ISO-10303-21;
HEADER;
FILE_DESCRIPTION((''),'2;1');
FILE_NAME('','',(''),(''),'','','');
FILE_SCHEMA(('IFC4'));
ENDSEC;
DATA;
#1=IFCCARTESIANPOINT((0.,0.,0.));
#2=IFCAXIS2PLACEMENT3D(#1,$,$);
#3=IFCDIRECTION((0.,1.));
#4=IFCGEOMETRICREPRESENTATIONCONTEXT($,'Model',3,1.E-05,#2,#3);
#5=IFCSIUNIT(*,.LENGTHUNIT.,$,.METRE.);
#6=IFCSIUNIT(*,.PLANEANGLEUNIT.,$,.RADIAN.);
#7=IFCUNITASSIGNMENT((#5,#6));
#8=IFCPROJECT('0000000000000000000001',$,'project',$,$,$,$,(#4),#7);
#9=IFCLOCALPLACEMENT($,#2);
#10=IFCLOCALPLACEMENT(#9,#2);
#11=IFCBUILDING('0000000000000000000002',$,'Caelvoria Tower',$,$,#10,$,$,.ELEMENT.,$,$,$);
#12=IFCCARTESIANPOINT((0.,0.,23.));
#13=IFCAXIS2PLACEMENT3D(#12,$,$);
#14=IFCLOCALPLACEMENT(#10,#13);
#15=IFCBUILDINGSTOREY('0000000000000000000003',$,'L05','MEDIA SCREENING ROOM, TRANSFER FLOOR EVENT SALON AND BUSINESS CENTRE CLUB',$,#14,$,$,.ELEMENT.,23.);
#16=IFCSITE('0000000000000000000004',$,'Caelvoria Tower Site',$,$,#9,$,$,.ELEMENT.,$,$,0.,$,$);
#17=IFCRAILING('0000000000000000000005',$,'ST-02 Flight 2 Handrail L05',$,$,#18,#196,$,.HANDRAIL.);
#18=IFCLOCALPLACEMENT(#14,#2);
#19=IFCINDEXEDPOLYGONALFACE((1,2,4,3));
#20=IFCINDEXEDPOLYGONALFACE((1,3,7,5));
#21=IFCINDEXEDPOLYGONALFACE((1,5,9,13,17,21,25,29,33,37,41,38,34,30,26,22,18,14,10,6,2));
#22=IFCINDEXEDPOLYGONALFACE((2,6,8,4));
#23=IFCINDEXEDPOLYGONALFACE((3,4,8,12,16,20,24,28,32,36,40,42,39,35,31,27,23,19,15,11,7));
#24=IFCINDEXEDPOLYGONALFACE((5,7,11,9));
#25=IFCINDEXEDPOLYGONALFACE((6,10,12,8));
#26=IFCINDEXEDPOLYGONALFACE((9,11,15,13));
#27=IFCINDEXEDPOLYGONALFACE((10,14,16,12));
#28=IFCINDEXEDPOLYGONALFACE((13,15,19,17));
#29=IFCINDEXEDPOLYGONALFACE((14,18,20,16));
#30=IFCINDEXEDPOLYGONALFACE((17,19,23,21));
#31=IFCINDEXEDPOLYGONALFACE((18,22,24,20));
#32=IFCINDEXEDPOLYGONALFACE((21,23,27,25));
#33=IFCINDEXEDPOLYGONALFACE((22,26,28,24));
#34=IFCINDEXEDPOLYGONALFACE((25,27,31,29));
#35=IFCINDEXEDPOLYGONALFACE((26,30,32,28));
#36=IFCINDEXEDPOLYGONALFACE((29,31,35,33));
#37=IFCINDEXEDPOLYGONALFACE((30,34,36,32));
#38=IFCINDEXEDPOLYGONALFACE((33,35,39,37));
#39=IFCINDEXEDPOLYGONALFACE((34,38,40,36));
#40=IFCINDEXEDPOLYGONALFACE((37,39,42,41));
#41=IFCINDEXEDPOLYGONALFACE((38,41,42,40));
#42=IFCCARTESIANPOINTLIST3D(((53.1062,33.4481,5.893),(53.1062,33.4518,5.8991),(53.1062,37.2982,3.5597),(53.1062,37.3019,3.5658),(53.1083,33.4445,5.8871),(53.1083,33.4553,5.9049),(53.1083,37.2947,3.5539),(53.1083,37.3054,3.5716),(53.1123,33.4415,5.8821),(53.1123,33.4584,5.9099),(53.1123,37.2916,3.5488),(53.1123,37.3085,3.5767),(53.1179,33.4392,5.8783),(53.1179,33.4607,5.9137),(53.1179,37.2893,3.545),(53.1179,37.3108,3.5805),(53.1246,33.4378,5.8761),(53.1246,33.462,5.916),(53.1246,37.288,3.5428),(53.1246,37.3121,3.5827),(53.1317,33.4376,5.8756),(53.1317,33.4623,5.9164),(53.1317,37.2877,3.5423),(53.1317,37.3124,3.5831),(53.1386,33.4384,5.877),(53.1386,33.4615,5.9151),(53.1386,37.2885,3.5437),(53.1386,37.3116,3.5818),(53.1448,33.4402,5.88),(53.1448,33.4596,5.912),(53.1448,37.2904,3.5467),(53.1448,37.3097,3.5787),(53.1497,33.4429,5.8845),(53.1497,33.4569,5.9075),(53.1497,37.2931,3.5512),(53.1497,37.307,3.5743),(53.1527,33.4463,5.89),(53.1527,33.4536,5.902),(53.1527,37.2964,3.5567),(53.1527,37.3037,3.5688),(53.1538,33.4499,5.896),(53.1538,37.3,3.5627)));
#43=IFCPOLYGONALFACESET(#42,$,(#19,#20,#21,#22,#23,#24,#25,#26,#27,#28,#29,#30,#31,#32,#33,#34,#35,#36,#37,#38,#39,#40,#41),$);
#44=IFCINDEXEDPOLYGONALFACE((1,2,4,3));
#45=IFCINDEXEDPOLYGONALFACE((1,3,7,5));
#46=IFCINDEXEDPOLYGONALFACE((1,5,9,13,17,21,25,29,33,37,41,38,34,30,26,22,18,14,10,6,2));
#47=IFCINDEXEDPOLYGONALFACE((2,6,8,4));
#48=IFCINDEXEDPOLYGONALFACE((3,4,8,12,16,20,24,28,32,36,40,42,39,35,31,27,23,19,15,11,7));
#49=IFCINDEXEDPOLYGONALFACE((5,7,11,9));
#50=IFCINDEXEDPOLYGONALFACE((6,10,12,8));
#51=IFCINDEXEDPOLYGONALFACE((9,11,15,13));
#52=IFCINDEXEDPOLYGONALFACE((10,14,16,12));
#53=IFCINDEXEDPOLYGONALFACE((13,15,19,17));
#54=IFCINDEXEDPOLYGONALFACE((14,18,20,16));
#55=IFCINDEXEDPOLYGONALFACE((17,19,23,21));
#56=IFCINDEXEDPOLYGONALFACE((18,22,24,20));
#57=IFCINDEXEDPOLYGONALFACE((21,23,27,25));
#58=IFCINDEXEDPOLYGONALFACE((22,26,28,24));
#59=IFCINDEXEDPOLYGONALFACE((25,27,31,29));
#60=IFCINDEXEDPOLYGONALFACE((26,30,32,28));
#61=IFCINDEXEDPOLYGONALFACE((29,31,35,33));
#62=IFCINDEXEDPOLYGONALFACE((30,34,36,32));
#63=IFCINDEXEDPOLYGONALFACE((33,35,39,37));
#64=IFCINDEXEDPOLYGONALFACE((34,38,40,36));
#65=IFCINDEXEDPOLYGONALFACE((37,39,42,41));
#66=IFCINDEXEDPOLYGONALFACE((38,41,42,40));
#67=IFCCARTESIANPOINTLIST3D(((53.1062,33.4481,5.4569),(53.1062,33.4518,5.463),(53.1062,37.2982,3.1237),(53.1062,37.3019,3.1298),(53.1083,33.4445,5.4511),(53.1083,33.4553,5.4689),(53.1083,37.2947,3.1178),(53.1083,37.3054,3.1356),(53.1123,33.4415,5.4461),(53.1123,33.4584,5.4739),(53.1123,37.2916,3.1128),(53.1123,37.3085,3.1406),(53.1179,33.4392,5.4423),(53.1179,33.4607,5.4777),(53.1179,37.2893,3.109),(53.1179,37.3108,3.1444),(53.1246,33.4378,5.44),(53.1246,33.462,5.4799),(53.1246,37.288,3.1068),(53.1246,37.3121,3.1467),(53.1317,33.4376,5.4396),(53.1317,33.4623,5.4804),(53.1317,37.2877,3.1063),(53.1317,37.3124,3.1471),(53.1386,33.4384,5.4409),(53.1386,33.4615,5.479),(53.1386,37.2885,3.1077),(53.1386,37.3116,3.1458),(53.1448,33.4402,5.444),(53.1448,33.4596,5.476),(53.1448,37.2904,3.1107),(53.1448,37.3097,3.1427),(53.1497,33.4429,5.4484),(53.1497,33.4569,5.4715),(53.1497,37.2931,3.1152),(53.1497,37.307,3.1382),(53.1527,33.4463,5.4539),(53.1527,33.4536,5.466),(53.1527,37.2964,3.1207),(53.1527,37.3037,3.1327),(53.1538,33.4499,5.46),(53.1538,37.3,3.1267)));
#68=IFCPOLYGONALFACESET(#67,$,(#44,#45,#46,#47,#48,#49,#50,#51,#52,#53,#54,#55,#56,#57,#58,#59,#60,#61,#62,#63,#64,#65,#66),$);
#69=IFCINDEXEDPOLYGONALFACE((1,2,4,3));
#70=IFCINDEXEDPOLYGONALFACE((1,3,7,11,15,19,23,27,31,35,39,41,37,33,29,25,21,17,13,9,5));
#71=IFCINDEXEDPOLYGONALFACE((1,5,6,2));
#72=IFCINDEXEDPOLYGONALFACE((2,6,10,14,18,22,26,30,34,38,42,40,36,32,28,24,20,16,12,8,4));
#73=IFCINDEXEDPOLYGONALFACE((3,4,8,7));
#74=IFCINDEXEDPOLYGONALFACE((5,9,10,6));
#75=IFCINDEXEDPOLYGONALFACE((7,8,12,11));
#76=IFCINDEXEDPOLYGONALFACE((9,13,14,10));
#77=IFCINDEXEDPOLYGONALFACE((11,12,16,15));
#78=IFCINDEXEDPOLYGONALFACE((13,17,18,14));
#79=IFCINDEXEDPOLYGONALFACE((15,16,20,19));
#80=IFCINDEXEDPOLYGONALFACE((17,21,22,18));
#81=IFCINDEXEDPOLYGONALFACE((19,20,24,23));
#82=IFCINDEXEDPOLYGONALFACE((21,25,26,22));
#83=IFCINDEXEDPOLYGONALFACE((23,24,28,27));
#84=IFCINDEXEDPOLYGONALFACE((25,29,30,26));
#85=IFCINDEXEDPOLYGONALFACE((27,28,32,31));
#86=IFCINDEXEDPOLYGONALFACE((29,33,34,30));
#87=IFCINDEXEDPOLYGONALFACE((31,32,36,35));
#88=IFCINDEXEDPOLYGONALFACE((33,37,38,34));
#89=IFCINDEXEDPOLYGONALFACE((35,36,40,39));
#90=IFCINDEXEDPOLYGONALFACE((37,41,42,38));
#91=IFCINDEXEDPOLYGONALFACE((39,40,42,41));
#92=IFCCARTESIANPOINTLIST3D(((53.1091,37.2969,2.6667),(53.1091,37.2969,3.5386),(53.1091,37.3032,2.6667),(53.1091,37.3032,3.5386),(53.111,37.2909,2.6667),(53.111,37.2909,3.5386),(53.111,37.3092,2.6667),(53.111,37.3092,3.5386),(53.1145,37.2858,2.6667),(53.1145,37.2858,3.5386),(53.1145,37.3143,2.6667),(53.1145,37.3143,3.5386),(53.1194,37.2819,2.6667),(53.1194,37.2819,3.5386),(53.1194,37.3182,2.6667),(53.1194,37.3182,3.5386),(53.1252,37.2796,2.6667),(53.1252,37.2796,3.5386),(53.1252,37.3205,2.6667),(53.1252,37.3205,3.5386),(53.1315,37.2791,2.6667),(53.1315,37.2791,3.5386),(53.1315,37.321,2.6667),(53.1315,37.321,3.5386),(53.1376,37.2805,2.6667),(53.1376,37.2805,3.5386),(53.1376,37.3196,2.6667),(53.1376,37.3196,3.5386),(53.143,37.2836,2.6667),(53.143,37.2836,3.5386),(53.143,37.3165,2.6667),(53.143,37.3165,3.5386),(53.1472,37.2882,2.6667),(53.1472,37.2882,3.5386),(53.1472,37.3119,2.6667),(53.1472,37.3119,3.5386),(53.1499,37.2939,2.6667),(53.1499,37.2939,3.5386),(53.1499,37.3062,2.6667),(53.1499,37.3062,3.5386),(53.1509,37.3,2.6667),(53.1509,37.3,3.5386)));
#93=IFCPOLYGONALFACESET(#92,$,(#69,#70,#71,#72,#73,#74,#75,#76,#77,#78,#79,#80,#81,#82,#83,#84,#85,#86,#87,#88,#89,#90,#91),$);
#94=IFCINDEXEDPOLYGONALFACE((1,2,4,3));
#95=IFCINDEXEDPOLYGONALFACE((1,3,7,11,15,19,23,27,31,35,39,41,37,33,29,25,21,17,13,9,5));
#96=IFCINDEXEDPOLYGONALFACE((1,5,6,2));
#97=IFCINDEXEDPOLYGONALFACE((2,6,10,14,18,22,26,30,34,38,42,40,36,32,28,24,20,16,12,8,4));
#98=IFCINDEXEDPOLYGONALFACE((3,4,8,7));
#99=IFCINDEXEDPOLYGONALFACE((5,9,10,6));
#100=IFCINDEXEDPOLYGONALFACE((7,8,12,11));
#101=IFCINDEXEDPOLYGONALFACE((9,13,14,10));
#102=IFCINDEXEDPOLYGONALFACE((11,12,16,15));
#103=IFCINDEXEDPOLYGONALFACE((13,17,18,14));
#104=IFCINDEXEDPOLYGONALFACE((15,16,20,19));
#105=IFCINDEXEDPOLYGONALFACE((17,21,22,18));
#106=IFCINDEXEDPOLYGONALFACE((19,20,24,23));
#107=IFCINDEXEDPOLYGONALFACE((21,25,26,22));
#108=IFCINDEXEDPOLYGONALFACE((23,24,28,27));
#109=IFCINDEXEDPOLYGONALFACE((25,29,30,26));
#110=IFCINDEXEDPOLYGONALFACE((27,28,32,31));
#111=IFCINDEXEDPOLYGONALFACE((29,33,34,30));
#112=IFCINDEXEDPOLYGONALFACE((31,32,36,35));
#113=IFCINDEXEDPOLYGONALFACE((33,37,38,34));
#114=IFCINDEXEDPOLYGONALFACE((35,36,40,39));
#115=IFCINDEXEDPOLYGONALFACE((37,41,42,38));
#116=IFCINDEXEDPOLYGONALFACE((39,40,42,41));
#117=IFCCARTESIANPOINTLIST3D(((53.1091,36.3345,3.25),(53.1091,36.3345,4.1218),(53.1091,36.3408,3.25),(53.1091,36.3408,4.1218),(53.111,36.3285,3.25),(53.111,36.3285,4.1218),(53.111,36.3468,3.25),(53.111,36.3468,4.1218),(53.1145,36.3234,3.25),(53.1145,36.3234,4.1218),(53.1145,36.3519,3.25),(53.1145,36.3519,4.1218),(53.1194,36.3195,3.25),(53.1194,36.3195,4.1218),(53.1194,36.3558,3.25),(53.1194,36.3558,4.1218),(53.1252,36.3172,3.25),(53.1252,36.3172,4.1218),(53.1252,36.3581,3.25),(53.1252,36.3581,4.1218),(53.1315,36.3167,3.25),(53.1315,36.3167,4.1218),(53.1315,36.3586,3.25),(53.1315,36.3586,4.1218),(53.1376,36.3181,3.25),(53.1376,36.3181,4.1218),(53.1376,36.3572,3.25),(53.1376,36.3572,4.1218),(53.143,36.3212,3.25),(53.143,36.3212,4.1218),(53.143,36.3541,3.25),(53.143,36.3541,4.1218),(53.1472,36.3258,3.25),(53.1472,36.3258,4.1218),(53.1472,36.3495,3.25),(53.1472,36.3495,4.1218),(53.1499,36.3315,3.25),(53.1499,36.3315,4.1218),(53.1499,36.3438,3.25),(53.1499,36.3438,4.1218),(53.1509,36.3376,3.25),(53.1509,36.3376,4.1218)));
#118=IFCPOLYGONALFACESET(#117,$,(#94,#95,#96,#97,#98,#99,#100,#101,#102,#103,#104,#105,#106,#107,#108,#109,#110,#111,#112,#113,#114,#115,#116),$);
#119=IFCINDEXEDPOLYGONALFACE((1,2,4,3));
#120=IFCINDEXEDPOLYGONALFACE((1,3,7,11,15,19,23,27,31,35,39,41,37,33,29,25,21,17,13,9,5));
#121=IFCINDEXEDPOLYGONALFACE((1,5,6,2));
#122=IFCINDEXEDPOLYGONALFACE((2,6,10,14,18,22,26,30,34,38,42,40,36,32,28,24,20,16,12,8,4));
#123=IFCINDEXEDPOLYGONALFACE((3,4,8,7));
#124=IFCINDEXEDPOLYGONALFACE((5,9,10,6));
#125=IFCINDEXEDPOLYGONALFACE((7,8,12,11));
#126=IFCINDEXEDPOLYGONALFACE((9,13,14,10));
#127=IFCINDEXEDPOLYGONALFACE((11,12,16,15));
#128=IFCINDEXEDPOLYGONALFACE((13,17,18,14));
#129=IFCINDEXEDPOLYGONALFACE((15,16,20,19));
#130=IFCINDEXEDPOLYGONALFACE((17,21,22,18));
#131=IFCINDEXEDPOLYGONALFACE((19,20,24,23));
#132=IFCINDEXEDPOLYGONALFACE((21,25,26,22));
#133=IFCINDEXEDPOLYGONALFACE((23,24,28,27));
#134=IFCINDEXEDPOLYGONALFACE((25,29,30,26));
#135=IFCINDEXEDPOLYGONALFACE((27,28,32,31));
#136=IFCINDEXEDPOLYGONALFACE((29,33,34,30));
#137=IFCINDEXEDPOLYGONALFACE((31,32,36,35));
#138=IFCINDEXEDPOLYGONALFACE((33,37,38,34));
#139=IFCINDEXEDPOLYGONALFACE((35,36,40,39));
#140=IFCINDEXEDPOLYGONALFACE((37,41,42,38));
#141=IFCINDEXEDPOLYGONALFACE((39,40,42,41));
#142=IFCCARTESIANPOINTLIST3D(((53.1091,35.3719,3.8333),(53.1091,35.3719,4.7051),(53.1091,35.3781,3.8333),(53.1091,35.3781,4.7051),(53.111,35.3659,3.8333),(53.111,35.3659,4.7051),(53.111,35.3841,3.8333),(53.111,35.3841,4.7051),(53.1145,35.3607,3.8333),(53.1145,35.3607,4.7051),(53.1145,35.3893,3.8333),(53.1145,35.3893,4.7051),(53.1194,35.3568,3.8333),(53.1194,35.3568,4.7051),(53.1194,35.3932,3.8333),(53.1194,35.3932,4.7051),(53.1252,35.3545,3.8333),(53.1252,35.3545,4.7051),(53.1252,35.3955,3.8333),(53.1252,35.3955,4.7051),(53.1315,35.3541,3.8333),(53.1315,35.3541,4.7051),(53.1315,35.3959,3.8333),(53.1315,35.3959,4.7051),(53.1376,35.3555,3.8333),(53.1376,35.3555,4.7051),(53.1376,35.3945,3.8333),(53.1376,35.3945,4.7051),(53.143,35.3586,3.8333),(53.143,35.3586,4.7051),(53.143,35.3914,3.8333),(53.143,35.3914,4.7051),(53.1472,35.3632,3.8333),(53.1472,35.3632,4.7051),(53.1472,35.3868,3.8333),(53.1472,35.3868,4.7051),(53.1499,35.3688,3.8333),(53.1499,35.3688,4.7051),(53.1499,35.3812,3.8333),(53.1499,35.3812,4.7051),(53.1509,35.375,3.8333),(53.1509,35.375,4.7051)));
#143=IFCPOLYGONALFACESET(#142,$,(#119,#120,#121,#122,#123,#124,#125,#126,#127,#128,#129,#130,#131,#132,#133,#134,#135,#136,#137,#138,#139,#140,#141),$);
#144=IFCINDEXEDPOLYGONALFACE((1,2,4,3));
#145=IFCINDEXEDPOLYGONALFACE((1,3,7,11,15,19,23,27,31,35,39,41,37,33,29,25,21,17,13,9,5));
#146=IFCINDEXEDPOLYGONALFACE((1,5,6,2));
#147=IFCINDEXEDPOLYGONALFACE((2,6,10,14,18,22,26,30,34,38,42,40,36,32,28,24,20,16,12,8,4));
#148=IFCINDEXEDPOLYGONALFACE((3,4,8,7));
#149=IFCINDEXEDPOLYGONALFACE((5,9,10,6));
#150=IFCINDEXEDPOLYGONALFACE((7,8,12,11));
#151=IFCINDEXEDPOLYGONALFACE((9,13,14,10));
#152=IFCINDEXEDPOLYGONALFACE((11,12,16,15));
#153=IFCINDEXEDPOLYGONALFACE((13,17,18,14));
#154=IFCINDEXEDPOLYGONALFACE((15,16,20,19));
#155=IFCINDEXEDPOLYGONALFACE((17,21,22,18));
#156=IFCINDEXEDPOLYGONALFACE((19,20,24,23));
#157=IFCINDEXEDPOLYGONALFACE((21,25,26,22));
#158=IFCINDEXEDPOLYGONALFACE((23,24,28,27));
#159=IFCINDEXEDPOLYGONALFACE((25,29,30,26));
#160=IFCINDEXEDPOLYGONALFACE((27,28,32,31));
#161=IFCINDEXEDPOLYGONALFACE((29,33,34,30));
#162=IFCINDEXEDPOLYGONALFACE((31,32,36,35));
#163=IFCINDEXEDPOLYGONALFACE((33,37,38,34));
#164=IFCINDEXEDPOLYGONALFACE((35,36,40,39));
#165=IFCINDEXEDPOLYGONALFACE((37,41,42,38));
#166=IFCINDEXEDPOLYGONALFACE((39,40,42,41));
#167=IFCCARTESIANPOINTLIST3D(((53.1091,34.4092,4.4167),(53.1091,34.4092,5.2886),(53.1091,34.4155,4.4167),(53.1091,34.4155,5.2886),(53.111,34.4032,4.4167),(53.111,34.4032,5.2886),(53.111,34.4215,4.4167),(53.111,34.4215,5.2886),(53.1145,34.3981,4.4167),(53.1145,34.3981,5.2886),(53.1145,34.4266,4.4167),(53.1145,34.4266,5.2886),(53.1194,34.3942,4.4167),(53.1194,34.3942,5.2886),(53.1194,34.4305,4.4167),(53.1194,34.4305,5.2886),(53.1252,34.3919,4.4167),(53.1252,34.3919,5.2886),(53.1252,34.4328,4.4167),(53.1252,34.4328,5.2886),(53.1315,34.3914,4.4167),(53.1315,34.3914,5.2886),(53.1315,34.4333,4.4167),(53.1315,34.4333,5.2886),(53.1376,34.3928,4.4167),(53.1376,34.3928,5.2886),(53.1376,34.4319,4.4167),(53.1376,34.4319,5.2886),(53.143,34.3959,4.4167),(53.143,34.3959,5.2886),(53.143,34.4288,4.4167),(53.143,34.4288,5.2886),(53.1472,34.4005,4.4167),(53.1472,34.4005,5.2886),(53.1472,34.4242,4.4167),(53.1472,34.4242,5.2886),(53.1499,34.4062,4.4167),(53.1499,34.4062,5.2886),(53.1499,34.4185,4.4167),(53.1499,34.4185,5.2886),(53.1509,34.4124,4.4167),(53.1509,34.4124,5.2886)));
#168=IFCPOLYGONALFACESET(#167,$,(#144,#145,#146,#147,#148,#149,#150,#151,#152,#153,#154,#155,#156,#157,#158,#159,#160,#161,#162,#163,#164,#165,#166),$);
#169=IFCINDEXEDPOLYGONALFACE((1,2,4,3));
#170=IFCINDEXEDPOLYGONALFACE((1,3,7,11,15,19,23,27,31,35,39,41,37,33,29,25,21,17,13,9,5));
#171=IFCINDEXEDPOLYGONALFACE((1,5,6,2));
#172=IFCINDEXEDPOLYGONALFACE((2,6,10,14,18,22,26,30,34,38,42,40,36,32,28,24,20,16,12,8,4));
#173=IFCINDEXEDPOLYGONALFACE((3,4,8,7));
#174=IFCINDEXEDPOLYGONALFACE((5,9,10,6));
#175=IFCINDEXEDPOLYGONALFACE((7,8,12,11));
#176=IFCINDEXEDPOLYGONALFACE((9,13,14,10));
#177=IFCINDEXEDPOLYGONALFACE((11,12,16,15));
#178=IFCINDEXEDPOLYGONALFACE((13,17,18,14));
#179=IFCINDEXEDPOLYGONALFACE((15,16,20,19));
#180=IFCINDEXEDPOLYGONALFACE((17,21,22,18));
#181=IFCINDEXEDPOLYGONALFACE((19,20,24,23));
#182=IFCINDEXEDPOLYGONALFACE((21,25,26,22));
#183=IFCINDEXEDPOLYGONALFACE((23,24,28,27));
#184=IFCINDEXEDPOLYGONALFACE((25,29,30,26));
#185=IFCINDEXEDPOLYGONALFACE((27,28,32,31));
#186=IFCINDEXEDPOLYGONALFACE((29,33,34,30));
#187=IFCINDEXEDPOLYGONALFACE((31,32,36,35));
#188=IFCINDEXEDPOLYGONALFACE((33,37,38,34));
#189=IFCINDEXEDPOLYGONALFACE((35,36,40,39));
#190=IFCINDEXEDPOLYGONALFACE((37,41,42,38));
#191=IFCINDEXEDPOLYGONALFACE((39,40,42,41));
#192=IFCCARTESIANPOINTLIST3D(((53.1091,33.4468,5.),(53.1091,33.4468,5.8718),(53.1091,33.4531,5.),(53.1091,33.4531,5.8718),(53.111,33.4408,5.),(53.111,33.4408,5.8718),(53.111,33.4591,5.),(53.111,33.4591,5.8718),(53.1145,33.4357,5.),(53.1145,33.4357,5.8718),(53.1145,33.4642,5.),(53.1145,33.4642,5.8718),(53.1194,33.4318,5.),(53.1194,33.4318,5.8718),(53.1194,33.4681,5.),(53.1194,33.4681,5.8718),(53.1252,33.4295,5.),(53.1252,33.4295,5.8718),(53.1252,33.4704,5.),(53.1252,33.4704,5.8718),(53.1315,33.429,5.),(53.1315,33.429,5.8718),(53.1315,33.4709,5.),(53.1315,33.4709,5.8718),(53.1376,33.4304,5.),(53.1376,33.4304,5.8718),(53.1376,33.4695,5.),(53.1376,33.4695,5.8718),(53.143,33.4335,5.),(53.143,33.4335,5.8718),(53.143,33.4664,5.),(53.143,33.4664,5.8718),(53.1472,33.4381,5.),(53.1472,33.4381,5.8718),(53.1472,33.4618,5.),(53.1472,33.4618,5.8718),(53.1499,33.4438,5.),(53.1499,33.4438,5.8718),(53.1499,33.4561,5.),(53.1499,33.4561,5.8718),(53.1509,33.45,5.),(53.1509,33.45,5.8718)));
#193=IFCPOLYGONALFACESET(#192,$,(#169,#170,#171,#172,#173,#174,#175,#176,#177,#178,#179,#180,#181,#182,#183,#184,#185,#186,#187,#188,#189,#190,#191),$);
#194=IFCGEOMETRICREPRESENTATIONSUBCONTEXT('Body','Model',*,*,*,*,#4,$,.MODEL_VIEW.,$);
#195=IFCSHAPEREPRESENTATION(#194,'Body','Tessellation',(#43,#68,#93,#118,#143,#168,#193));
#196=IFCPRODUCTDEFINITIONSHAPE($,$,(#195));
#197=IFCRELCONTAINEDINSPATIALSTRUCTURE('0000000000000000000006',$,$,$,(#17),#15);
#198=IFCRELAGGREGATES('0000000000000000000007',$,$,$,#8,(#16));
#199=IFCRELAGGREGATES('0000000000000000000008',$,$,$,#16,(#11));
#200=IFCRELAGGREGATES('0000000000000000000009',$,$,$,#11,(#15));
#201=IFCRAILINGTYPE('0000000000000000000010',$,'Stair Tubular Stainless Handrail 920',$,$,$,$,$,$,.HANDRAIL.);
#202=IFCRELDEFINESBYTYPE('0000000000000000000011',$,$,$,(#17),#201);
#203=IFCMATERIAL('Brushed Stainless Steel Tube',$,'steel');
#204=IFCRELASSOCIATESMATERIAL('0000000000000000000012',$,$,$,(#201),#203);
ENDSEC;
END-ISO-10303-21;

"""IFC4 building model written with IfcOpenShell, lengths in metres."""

from ifc_helpers import new_model, si_unit, direction, frame, origin, origin_2d, place, context, subcontext, project, spatial, circle, extrude, material, type_object, element, save


model = new_model("IFC4")

# Units and contexts
model_context = context("Model", 3, precision=1e-05, world=origin(), true_north=direction((0.0, 1.0)))
body_context = subcontext(model_context, "Body", "Model", "MODEL_VIEW")
ifc_project = project(units=[si_unit("LENGTHUNIT", "METRE"), si_unit("PLANEANGLEUNIT", "RADIAN")], contexts=[model_context])

# Site, building, storey
site_placement = place(None, origin())
site = spatial("IfcSite", under=ifc_project, at=site_placement, Name="Caelvoria Tower Site", CompositionType="ELEMENT", RefElevation=0.0)
building_placement = place(site_placement, origin())
building = spatial("IfcBuilding", under=site, at=building_placement, Name="Caelvoria Tower", CompositionType="ELEMENT")
storey_placement = place(building_placement, frame((0.0, 0.0, 23.0)))
storey = spatial("IfcBuildingStorey", under=building, at=storey_placement, Name="L05", Description="MEDIA SCREENING ROOM, TRANSFER FLOOR EVENT SALON AND BUSINESS CENTRE CLUB", CompositionType="ELEMENT", Elevation=23.0)

# Railing
ifc_material_1 = material(Name="Brushed Stainless Steel Tube", Category="steel")
railing_type_1 = type_object("IfcRailingType", Name="Stair Tubular Stainless Handrail 920", PredefinedType="HANDRAIL", material=ifc_material_1)
railing_1_placement = place(storey_placement, frame((53.1299, 37.3, 2.6667)))
element("IfcRailing", 1, at=railing_1_placement, inside=storey, type_object=railing_type_1, Name="ST-02 Flight 2 Handrail L05", PredefinedType="HANDRAIL", context=body_context, shape_type="SweptSolid", body=[
    extrude(circle(Radius=0.0239, at=origin_2d()), frame((0.0, 0.0, 0.896), z_axis=(0.0, -0.855212, 0.518279), x_axis=(1.0, 0.0, 0.0)), (0.0, 0.0, 1.0), 4.502),
    extrude(circle(Radius=0.0239, at=origin_2d()), frame((0.0, 0.0, 0.46), z_axis=(0.0, -0.855212, 0.518279), x_axis=(1.0, 0.0, 0.0)), (0.0, 0.0, 1.0), 4.502),
    extrude(circle(Radius=0.021, at=origin_2d()), origin(), (0.0, 0.0, 1.0), 0.8718),
    extrude(circle(Radius=0.021, at=origin_2d()), frame((0.0, -0.9624, 0.5833)), (0.0, 0.0, 1.0), 0.8718),
    extrude(circle(Radius=0.021, at=origin_2d()), frame((0.0, -1.925, 1.1665)), (0.0, 0.0, 1.0), 0.8718),
    extrude(circle(Radius=0.021, at=origin_2d()), frame((0.0, -2.8877, 1.75)), (0.0, 0.0, 1.0), 0.8718),
    extrude(circle(Radius=0.021, at=origin_2d()), frame((0.0, -3.8501, 2.3333)), (0.0, 0.0, 1.0), 0.8718),
])

save(model, "model.ifc")
